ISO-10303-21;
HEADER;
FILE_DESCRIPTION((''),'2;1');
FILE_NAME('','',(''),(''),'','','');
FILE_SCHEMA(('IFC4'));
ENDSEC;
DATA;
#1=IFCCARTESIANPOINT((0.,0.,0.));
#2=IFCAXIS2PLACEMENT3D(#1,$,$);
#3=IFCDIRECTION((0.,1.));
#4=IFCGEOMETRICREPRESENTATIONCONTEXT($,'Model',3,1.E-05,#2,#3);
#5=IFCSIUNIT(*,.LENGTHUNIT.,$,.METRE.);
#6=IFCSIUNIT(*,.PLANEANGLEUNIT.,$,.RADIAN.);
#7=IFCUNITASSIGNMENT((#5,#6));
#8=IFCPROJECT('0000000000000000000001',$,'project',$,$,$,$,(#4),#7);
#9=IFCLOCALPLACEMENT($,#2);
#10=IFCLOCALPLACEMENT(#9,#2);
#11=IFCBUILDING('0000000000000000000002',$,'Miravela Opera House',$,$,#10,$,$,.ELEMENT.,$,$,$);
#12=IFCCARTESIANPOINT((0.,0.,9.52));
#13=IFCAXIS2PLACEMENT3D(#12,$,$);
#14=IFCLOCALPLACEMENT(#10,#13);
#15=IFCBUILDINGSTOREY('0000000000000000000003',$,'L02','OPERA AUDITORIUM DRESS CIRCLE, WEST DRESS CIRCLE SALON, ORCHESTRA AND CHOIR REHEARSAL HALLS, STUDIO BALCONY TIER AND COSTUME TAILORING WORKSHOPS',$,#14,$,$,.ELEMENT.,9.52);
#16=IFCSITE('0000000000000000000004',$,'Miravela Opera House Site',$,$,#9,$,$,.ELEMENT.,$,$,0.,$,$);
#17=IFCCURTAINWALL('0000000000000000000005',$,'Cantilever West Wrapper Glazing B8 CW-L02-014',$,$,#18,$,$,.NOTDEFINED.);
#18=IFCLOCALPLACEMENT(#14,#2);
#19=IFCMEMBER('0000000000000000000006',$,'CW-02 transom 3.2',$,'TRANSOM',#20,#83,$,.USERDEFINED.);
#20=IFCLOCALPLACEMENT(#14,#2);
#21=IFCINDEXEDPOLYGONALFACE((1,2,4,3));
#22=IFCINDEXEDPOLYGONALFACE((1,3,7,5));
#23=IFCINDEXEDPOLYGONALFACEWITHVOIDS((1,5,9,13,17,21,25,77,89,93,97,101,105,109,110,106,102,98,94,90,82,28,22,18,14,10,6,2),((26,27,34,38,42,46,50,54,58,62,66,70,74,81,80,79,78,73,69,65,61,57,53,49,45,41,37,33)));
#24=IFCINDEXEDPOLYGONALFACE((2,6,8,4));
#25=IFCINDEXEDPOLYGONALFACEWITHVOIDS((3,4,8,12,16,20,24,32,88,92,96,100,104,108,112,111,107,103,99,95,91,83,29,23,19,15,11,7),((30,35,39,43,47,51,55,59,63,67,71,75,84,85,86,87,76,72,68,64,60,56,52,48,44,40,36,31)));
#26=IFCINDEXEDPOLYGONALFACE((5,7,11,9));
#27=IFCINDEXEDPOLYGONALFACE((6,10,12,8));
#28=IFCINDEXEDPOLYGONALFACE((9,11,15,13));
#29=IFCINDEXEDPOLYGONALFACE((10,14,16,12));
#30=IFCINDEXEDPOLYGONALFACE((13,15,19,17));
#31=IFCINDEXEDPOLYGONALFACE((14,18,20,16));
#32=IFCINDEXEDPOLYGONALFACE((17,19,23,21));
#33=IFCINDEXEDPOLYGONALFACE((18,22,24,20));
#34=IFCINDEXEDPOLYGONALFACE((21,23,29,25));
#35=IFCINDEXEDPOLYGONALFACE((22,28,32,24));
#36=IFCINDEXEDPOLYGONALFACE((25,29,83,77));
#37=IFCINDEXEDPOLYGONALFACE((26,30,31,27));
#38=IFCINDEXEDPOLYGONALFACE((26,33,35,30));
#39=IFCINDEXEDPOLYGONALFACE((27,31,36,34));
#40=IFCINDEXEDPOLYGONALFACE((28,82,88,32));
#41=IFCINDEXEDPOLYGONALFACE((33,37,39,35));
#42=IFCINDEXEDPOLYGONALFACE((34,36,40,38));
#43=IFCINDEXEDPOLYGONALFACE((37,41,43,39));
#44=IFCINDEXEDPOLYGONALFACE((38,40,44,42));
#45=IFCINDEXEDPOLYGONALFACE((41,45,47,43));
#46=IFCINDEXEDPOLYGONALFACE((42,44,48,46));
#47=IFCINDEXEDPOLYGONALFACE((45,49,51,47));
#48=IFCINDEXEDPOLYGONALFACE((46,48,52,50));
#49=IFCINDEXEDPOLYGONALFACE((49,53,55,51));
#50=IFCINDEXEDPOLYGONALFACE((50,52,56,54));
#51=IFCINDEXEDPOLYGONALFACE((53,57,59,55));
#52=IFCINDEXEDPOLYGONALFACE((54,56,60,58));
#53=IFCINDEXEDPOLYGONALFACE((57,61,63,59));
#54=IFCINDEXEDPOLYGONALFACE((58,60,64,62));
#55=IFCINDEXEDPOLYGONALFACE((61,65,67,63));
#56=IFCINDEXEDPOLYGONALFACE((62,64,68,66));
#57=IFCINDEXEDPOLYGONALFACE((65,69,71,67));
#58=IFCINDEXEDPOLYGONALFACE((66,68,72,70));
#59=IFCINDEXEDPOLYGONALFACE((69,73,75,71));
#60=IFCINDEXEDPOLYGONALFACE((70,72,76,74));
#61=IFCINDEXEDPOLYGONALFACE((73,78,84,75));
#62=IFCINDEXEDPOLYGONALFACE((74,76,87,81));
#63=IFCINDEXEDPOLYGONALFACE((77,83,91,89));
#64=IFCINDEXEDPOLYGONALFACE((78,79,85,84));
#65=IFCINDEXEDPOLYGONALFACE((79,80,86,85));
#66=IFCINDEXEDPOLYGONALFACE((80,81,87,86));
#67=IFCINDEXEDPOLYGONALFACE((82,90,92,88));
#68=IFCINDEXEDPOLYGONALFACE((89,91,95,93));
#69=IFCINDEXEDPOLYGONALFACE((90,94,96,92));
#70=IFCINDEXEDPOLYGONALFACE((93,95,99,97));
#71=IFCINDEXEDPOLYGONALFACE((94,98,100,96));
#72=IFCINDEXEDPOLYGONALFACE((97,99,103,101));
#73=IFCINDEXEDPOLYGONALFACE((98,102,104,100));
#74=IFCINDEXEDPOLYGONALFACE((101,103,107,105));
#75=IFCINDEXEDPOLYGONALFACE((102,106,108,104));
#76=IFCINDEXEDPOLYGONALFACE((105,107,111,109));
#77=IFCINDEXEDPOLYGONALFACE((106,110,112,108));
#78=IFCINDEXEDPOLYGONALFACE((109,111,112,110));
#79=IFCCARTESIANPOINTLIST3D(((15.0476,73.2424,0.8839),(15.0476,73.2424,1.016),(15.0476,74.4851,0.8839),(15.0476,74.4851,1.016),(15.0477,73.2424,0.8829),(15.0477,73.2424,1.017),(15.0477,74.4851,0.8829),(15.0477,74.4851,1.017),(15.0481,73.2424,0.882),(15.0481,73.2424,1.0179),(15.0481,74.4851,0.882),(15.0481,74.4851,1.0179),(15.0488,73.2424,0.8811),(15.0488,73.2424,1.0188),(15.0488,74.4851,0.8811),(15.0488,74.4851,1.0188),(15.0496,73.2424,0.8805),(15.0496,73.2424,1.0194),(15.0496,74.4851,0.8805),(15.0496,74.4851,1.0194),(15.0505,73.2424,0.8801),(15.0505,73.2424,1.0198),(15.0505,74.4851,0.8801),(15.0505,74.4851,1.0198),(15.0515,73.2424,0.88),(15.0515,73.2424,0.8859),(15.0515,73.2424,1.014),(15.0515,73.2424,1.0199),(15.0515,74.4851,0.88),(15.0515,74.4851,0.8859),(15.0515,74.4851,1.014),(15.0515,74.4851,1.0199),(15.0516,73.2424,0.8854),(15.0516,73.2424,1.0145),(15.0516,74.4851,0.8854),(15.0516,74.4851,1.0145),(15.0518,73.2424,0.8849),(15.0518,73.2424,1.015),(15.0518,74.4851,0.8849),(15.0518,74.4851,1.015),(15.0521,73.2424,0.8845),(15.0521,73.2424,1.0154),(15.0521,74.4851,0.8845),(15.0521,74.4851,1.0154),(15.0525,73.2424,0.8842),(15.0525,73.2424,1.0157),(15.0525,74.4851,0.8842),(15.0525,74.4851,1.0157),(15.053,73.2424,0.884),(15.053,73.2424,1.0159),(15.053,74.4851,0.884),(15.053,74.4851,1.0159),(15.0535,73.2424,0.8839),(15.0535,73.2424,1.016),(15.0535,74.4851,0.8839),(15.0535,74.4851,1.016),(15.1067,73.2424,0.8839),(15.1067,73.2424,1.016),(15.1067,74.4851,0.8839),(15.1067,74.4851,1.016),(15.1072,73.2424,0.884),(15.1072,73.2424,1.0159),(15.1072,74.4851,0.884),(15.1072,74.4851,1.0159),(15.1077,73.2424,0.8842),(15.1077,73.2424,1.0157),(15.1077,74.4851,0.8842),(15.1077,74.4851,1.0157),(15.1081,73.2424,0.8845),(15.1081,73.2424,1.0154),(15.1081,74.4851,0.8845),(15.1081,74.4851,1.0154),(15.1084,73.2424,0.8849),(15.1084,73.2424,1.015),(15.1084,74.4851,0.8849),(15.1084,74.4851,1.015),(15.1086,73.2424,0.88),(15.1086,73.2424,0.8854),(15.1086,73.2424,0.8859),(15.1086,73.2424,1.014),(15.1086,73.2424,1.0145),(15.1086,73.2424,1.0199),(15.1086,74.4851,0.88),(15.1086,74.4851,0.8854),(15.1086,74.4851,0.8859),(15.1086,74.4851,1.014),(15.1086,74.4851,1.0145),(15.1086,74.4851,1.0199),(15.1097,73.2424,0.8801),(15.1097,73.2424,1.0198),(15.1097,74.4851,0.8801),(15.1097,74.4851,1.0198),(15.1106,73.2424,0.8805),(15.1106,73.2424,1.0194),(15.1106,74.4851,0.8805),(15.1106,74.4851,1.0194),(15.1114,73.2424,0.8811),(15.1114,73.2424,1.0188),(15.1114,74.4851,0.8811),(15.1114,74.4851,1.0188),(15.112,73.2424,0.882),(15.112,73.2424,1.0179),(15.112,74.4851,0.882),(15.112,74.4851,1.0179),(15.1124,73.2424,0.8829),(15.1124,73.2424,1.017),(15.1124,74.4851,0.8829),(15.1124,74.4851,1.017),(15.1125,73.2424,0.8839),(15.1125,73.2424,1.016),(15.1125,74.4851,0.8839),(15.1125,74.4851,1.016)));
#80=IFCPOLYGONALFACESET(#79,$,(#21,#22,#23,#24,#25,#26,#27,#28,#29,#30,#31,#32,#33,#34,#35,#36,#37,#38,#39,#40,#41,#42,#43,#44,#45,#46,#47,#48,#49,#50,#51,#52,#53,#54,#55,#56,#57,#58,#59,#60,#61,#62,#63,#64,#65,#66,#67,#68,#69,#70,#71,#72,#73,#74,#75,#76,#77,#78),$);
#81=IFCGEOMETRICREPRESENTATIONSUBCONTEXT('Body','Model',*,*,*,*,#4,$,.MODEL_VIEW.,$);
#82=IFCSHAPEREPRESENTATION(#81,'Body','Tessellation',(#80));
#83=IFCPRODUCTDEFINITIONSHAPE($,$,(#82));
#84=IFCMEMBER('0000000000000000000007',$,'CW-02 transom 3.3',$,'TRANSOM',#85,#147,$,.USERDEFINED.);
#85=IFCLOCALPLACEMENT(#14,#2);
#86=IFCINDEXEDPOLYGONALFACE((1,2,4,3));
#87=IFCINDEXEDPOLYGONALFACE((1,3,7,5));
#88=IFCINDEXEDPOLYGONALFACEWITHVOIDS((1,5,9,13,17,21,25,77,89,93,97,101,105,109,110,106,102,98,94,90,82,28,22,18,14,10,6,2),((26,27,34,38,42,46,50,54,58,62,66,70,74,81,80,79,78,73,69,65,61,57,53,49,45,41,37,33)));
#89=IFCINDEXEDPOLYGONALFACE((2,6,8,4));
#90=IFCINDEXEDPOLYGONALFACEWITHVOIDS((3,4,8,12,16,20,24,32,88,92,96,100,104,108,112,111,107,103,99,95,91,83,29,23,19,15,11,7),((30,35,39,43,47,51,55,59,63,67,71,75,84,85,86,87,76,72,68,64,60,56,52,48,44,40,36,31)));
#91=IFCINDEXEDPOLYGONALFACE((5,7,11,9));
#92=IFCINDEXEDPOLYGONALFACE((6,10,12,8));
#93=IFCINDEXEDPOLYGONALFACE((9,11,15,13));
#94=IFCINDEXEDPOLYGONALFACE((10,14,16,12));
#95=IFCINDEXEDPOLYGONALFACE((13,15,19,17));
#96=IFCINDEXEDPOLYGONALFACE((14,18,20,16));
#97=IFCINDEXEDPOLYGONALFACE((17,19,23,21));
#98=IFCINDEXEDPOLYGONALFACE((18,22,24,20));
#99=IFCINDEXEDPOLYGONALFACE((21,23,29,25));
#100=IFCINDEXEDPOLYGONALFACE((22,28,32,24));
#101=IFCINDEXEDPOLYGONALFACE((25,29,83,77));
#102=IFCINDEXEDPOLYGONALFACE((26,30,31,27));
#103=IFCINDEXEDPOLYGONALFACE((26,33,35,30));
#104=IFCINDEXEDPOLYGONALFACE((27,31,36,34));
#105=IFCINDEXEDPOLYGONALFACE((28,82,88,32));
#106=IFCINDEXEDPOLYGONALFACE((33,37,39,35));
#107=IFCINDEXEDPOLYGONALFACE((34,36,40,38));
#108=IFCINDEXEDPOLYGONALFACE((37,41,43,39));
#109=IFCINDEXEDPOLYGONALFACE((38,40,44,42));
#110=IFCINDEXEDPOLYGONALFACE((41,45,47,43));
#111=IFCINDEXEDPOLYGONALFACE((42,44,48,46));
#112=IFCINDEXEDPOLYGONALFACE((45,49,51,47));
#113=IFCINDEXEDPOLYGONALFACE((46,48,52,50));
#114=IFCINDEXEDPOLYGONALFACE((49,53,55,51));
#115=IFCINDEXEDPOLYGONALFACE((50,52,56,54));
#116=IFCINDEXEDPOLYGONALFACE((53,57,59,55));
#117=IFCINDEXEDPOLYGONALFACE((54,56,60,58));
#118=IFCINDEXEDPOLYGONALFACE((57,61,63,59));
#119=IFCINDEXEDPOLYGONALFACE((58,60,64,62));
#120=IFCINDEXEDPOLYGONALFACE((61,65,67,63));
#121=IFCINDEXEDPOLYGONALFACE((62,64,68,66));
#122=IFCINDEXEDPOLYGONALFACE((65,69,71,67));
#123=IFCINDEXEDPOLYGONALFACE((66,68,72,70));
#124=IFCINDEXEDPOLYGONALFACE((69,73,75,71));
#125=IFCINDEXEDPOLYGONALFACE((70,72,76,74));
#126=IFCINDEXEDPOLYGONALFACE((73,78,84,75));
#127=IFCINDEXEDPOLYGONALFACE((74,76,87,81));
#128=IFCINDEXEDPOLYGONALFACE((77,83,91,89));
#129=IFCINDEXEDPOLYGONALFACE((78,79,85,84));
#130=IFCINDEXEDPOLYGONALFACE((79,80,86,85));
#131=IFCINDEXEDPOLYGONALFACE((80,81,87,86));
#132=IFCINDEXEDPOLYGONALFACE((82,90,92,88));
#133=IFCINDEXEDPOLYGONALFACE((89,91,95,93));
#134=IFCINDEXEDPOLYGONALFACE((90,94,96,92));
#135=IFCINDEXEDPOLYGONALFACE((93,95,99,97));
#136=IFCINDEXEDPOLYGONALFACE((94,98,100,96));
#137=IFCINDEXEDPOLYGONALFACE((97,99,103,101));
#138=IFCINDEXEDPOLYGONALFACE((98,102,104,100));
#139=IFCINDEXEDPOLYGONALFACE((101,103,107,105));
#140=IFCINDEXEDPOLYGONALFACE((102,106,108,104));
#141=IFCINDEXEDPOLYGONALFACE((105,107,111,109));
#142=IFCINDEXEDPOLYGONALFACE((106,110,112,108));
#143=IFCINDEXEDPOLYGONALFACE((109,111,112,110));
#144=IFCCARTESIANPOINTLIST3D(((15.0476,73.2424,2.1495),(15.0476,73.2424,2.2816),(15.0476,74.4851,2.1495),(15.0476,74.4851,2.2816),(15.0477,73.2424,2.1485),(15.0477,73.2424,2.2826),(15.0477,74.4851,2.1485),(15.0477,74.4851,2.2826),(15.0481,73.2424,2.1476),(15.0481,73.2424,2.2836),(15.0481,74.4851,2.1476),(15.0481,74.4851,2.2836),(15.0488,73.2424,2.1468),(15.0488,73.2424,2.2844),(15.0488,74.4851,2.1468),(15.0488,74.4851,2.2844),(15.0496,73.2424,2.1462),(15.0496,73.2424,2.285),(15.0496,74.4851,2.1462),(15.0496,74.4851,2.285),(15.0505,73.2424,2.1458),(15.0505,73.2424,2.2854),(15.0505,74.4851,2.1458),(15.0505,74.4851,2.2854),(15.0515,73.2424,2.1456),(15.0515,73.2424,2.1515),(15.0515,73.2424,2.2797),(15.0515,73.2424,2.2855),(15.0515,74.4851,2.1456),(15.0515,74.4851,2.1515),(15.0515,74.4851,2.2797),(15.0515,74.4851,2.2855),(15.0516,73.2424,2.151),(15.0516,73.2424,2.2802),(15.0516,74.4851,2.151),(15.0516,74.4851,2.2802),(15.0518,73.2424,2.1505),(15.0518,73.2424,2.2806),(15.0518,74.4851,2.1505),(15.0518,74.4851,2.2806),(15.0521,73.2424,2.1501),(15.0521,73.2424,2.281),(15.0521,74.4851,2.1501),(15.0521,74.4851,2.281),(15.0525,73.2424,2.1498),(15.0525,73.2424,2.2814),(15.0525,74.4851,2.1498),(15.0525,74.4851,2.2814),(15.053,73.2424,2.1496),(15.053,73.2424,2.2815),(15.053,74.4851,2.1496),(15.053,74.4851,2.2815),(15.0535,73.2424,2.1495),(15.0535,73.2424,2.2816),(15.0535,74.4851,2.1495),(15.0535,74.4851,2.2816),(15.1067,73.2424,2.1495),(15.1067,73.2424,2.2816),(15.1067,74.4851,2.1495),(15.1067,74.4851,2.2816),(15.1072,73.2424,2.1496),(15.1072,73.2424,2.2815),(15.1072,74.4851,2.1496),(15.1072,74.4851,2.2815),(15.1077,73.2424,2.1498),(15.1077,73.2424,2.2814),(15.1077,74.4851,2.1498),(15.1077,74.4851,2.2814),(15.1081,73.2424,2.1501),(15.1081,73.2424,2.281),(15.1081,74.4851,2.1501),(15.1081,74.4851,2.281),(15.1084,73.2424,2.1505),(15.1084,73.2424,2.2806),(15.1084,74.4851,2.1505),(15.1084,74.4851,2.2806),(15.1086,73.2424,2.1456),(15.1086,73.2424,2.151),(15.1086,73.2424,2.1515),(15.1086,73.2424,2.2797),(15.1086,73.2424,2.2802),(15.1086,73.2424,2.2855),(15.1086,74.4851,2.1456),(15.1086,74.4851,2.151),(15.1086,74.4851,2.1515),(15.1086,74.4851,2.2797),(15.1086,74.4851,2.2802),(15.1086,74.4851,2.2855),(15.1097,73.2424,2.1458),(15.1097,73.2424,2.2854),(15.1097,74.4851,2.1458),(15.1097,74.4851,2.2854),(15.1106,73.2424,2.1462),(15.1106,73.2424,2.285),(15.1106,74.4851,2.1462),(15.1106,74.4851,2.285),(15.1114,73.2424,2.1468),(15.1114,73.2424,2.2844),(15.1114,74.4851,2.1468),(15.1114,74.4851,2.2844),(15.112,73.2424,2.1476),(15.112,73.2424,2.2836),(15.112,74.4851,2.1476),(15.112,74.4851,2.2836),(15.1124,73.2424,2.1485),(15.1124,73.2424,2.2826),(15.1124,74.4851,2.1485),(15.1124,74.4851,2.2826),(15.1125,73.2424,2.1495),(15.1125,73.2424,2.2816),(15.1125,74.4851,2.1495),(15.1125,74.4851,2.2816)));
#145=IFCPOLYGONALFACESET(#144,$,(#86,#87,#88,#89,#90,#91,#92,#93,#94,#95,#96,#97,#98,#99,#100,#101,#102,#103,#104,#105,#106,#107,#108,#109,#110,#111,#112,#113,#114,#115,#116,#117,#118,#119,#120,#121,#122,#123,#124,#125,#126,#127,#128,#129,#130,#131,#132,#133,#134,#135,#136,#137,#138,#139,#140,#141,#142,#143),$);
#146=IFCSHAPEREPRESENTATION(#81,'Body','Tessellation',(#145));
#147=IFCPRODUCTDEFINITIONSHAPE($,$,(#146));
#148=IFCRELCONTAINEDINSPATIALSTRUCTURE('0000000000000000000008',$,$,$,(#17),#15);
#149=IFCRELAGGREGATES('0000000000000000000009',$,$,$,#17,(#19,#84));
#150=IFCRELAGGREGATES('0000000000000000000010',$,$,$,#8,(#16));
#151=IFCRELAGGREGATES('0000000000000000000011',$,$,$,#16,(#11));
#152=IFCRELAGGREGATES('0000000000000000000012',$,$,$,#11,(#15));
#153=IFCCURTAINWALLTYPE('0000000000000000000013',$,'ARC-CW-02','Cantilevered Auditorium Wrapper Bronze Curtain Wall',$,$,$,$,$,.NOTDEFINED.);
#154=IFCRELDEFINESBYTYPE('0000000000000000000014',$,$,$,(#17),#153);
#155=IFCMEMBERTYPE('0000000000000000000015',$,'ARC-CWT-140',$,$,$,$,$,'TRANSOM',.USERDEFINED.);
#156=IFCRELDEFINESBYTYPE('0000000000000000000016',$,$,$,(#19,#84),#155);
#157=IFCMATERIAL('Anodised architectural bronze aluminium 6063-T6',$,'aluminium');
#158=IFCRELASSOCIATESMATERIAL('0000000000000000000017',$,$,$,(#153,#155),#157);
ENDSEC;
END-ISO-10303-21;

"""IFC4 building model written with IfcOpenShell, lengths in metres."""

from ifc_helpers import new_model, si_unit, direction, frame, origin, origin_2d, place, context, subcontext, project, spatial, hollow_rectangle, extrude, material, material_profile, profile_set, type_object, element, aggregate, save


model = new_model("IFC4")

# Units and contexts
model_context = context("Model", 3, precision=1e-05, world=origin(), true_north=direction((0.0, 1.0)))
body_context = subcontext(model_context, "Body", "Model", "MODEL_VIEW")
ifc_project = project(units=[si_unit("LENGTHUNIT", "METRE"), si_unit("PLANEANGLEUNIT", "RADIAN")], contexts=[model_context])

# Site, building, storey
site_placement = place(None, origin())
site = spatial("IfcSite", under=ifc_project, at=site_placement, Name="Miravela Opera House Site", CompositionType="ELEMENT", RefElevation=0.0)
building_placement = place(site_placement, origin())
building = spatial("IfcBuilding", under=site, at=building_placement, Name="Miravela Opera House", CompositionType="ELEMENT")
storey_placement = place(building_placement, frame((0.0, 0.0, 9.52)))
storey = spatial("IfcBuildingStorey", under=building, at=storey_placement, Name="L02", Description="OPERA AUDITORIUM DRESS CIRCLE, WEST DRESS CIRCLE SALON, ORCHESTRA AND CHOIR REHEARSAL HALLS, STUDIO BALCONY TIER AND COSTUME TAILORING WORKSHOPS", CompositionType="ELEMENT", Elevation=9.52)

# Curtain wall, members
ifc_material_1 = material(Name="Anodised architectural bronze aluminium 6063-T6", Category="aluminium")
curtain_wall_type = type_object("IfcCurtainWallType", Name="ARC-CW-02", Description="Cantilevered Auditorium Wrapper Bronze Curtain Wall", PredefinedType="NOTDEFINED", material=ifc_material_1)
curtain_wall_placement = place(storey_placement, origin())
curtain_wall = element("IfcCurtainWall", 1, at=curtain_wall_placement, inside=storey, type_object=curtain_wall_type, Name="Cantilever West Wrapper Glazing B8 CW-L02-014", PredefinedType="NOTDEFINED")
ifc_material_profile_1 = material_profile(ifc_material_1, hollow_rectangle(XDim=0.0649, YDim=0.1399, WallThickness=0.0039, InnerFilletRadius=0.002, OuterFilletRadius=0.0039, at=origin_2d()), Name="CWT-65X140")
ifc_profile_set_1 = profile_set([ifc_material_profile_1])
member_type_1 = type_object("IfcMemberType", Name="ARC-CWT-140", ElementType="TRANSOM", PredefinedType="USERDEFINED", material=ifc_profile_set_1)
member_1_placement = place(storey_placement, frame((15.0801, 73.2424, 0.95), z_axis=(0.0, 1.0, 0.0), x_axis=(-1.0, 0.0, 0.0)))
member_1 = element("IfcMember", 2, at=member_1_placement, type_object=member_type_1, Name="CW-02 transom 3.2", ObjectType="TRANSOM", PredefinedType="USERDEFINED", context=body_context, shape_type="SweptSolid", body=[
    extrude(hollow_rectangle(XDim=0.0649, YDim=0.1399, WallThickness=0.0039, InnerFilletRadius=0.002, OuterFilletRadius=0.0039, at=origin_2d()), origin(), (0.0, 0.0, 1.0), 1.2427),
])
member_2_placement = place(storey_placement, frame((15.0801, 73.2424, 2.2156), z_axis=(0.0, 1.0, 0.0), x_axis=(-1.0, 0.0, 0.0)))
member_2 = element("IfcMember", 3, at=member_2_placement, type_object=member_type_1, Name="CW-02 transom 3.3", ObjectType="TRANSOM", PredefinedType="USERDEFINED", context=body_context, shape_type="SweptSolid", body=[
    extrude(hollow_rectangle(XDim=0.0649, YDim=0.1399, WallThickness=0.0039, InnerFilletRadius=0.002, OuterFilletRadius=0.0039, at=origin_2d()), origin(), (0.0, 0.0, 1.0), 1.2427),
])

aggregate(curtain_wall, [member_1, member_2])

save(model, "model.ifc")
